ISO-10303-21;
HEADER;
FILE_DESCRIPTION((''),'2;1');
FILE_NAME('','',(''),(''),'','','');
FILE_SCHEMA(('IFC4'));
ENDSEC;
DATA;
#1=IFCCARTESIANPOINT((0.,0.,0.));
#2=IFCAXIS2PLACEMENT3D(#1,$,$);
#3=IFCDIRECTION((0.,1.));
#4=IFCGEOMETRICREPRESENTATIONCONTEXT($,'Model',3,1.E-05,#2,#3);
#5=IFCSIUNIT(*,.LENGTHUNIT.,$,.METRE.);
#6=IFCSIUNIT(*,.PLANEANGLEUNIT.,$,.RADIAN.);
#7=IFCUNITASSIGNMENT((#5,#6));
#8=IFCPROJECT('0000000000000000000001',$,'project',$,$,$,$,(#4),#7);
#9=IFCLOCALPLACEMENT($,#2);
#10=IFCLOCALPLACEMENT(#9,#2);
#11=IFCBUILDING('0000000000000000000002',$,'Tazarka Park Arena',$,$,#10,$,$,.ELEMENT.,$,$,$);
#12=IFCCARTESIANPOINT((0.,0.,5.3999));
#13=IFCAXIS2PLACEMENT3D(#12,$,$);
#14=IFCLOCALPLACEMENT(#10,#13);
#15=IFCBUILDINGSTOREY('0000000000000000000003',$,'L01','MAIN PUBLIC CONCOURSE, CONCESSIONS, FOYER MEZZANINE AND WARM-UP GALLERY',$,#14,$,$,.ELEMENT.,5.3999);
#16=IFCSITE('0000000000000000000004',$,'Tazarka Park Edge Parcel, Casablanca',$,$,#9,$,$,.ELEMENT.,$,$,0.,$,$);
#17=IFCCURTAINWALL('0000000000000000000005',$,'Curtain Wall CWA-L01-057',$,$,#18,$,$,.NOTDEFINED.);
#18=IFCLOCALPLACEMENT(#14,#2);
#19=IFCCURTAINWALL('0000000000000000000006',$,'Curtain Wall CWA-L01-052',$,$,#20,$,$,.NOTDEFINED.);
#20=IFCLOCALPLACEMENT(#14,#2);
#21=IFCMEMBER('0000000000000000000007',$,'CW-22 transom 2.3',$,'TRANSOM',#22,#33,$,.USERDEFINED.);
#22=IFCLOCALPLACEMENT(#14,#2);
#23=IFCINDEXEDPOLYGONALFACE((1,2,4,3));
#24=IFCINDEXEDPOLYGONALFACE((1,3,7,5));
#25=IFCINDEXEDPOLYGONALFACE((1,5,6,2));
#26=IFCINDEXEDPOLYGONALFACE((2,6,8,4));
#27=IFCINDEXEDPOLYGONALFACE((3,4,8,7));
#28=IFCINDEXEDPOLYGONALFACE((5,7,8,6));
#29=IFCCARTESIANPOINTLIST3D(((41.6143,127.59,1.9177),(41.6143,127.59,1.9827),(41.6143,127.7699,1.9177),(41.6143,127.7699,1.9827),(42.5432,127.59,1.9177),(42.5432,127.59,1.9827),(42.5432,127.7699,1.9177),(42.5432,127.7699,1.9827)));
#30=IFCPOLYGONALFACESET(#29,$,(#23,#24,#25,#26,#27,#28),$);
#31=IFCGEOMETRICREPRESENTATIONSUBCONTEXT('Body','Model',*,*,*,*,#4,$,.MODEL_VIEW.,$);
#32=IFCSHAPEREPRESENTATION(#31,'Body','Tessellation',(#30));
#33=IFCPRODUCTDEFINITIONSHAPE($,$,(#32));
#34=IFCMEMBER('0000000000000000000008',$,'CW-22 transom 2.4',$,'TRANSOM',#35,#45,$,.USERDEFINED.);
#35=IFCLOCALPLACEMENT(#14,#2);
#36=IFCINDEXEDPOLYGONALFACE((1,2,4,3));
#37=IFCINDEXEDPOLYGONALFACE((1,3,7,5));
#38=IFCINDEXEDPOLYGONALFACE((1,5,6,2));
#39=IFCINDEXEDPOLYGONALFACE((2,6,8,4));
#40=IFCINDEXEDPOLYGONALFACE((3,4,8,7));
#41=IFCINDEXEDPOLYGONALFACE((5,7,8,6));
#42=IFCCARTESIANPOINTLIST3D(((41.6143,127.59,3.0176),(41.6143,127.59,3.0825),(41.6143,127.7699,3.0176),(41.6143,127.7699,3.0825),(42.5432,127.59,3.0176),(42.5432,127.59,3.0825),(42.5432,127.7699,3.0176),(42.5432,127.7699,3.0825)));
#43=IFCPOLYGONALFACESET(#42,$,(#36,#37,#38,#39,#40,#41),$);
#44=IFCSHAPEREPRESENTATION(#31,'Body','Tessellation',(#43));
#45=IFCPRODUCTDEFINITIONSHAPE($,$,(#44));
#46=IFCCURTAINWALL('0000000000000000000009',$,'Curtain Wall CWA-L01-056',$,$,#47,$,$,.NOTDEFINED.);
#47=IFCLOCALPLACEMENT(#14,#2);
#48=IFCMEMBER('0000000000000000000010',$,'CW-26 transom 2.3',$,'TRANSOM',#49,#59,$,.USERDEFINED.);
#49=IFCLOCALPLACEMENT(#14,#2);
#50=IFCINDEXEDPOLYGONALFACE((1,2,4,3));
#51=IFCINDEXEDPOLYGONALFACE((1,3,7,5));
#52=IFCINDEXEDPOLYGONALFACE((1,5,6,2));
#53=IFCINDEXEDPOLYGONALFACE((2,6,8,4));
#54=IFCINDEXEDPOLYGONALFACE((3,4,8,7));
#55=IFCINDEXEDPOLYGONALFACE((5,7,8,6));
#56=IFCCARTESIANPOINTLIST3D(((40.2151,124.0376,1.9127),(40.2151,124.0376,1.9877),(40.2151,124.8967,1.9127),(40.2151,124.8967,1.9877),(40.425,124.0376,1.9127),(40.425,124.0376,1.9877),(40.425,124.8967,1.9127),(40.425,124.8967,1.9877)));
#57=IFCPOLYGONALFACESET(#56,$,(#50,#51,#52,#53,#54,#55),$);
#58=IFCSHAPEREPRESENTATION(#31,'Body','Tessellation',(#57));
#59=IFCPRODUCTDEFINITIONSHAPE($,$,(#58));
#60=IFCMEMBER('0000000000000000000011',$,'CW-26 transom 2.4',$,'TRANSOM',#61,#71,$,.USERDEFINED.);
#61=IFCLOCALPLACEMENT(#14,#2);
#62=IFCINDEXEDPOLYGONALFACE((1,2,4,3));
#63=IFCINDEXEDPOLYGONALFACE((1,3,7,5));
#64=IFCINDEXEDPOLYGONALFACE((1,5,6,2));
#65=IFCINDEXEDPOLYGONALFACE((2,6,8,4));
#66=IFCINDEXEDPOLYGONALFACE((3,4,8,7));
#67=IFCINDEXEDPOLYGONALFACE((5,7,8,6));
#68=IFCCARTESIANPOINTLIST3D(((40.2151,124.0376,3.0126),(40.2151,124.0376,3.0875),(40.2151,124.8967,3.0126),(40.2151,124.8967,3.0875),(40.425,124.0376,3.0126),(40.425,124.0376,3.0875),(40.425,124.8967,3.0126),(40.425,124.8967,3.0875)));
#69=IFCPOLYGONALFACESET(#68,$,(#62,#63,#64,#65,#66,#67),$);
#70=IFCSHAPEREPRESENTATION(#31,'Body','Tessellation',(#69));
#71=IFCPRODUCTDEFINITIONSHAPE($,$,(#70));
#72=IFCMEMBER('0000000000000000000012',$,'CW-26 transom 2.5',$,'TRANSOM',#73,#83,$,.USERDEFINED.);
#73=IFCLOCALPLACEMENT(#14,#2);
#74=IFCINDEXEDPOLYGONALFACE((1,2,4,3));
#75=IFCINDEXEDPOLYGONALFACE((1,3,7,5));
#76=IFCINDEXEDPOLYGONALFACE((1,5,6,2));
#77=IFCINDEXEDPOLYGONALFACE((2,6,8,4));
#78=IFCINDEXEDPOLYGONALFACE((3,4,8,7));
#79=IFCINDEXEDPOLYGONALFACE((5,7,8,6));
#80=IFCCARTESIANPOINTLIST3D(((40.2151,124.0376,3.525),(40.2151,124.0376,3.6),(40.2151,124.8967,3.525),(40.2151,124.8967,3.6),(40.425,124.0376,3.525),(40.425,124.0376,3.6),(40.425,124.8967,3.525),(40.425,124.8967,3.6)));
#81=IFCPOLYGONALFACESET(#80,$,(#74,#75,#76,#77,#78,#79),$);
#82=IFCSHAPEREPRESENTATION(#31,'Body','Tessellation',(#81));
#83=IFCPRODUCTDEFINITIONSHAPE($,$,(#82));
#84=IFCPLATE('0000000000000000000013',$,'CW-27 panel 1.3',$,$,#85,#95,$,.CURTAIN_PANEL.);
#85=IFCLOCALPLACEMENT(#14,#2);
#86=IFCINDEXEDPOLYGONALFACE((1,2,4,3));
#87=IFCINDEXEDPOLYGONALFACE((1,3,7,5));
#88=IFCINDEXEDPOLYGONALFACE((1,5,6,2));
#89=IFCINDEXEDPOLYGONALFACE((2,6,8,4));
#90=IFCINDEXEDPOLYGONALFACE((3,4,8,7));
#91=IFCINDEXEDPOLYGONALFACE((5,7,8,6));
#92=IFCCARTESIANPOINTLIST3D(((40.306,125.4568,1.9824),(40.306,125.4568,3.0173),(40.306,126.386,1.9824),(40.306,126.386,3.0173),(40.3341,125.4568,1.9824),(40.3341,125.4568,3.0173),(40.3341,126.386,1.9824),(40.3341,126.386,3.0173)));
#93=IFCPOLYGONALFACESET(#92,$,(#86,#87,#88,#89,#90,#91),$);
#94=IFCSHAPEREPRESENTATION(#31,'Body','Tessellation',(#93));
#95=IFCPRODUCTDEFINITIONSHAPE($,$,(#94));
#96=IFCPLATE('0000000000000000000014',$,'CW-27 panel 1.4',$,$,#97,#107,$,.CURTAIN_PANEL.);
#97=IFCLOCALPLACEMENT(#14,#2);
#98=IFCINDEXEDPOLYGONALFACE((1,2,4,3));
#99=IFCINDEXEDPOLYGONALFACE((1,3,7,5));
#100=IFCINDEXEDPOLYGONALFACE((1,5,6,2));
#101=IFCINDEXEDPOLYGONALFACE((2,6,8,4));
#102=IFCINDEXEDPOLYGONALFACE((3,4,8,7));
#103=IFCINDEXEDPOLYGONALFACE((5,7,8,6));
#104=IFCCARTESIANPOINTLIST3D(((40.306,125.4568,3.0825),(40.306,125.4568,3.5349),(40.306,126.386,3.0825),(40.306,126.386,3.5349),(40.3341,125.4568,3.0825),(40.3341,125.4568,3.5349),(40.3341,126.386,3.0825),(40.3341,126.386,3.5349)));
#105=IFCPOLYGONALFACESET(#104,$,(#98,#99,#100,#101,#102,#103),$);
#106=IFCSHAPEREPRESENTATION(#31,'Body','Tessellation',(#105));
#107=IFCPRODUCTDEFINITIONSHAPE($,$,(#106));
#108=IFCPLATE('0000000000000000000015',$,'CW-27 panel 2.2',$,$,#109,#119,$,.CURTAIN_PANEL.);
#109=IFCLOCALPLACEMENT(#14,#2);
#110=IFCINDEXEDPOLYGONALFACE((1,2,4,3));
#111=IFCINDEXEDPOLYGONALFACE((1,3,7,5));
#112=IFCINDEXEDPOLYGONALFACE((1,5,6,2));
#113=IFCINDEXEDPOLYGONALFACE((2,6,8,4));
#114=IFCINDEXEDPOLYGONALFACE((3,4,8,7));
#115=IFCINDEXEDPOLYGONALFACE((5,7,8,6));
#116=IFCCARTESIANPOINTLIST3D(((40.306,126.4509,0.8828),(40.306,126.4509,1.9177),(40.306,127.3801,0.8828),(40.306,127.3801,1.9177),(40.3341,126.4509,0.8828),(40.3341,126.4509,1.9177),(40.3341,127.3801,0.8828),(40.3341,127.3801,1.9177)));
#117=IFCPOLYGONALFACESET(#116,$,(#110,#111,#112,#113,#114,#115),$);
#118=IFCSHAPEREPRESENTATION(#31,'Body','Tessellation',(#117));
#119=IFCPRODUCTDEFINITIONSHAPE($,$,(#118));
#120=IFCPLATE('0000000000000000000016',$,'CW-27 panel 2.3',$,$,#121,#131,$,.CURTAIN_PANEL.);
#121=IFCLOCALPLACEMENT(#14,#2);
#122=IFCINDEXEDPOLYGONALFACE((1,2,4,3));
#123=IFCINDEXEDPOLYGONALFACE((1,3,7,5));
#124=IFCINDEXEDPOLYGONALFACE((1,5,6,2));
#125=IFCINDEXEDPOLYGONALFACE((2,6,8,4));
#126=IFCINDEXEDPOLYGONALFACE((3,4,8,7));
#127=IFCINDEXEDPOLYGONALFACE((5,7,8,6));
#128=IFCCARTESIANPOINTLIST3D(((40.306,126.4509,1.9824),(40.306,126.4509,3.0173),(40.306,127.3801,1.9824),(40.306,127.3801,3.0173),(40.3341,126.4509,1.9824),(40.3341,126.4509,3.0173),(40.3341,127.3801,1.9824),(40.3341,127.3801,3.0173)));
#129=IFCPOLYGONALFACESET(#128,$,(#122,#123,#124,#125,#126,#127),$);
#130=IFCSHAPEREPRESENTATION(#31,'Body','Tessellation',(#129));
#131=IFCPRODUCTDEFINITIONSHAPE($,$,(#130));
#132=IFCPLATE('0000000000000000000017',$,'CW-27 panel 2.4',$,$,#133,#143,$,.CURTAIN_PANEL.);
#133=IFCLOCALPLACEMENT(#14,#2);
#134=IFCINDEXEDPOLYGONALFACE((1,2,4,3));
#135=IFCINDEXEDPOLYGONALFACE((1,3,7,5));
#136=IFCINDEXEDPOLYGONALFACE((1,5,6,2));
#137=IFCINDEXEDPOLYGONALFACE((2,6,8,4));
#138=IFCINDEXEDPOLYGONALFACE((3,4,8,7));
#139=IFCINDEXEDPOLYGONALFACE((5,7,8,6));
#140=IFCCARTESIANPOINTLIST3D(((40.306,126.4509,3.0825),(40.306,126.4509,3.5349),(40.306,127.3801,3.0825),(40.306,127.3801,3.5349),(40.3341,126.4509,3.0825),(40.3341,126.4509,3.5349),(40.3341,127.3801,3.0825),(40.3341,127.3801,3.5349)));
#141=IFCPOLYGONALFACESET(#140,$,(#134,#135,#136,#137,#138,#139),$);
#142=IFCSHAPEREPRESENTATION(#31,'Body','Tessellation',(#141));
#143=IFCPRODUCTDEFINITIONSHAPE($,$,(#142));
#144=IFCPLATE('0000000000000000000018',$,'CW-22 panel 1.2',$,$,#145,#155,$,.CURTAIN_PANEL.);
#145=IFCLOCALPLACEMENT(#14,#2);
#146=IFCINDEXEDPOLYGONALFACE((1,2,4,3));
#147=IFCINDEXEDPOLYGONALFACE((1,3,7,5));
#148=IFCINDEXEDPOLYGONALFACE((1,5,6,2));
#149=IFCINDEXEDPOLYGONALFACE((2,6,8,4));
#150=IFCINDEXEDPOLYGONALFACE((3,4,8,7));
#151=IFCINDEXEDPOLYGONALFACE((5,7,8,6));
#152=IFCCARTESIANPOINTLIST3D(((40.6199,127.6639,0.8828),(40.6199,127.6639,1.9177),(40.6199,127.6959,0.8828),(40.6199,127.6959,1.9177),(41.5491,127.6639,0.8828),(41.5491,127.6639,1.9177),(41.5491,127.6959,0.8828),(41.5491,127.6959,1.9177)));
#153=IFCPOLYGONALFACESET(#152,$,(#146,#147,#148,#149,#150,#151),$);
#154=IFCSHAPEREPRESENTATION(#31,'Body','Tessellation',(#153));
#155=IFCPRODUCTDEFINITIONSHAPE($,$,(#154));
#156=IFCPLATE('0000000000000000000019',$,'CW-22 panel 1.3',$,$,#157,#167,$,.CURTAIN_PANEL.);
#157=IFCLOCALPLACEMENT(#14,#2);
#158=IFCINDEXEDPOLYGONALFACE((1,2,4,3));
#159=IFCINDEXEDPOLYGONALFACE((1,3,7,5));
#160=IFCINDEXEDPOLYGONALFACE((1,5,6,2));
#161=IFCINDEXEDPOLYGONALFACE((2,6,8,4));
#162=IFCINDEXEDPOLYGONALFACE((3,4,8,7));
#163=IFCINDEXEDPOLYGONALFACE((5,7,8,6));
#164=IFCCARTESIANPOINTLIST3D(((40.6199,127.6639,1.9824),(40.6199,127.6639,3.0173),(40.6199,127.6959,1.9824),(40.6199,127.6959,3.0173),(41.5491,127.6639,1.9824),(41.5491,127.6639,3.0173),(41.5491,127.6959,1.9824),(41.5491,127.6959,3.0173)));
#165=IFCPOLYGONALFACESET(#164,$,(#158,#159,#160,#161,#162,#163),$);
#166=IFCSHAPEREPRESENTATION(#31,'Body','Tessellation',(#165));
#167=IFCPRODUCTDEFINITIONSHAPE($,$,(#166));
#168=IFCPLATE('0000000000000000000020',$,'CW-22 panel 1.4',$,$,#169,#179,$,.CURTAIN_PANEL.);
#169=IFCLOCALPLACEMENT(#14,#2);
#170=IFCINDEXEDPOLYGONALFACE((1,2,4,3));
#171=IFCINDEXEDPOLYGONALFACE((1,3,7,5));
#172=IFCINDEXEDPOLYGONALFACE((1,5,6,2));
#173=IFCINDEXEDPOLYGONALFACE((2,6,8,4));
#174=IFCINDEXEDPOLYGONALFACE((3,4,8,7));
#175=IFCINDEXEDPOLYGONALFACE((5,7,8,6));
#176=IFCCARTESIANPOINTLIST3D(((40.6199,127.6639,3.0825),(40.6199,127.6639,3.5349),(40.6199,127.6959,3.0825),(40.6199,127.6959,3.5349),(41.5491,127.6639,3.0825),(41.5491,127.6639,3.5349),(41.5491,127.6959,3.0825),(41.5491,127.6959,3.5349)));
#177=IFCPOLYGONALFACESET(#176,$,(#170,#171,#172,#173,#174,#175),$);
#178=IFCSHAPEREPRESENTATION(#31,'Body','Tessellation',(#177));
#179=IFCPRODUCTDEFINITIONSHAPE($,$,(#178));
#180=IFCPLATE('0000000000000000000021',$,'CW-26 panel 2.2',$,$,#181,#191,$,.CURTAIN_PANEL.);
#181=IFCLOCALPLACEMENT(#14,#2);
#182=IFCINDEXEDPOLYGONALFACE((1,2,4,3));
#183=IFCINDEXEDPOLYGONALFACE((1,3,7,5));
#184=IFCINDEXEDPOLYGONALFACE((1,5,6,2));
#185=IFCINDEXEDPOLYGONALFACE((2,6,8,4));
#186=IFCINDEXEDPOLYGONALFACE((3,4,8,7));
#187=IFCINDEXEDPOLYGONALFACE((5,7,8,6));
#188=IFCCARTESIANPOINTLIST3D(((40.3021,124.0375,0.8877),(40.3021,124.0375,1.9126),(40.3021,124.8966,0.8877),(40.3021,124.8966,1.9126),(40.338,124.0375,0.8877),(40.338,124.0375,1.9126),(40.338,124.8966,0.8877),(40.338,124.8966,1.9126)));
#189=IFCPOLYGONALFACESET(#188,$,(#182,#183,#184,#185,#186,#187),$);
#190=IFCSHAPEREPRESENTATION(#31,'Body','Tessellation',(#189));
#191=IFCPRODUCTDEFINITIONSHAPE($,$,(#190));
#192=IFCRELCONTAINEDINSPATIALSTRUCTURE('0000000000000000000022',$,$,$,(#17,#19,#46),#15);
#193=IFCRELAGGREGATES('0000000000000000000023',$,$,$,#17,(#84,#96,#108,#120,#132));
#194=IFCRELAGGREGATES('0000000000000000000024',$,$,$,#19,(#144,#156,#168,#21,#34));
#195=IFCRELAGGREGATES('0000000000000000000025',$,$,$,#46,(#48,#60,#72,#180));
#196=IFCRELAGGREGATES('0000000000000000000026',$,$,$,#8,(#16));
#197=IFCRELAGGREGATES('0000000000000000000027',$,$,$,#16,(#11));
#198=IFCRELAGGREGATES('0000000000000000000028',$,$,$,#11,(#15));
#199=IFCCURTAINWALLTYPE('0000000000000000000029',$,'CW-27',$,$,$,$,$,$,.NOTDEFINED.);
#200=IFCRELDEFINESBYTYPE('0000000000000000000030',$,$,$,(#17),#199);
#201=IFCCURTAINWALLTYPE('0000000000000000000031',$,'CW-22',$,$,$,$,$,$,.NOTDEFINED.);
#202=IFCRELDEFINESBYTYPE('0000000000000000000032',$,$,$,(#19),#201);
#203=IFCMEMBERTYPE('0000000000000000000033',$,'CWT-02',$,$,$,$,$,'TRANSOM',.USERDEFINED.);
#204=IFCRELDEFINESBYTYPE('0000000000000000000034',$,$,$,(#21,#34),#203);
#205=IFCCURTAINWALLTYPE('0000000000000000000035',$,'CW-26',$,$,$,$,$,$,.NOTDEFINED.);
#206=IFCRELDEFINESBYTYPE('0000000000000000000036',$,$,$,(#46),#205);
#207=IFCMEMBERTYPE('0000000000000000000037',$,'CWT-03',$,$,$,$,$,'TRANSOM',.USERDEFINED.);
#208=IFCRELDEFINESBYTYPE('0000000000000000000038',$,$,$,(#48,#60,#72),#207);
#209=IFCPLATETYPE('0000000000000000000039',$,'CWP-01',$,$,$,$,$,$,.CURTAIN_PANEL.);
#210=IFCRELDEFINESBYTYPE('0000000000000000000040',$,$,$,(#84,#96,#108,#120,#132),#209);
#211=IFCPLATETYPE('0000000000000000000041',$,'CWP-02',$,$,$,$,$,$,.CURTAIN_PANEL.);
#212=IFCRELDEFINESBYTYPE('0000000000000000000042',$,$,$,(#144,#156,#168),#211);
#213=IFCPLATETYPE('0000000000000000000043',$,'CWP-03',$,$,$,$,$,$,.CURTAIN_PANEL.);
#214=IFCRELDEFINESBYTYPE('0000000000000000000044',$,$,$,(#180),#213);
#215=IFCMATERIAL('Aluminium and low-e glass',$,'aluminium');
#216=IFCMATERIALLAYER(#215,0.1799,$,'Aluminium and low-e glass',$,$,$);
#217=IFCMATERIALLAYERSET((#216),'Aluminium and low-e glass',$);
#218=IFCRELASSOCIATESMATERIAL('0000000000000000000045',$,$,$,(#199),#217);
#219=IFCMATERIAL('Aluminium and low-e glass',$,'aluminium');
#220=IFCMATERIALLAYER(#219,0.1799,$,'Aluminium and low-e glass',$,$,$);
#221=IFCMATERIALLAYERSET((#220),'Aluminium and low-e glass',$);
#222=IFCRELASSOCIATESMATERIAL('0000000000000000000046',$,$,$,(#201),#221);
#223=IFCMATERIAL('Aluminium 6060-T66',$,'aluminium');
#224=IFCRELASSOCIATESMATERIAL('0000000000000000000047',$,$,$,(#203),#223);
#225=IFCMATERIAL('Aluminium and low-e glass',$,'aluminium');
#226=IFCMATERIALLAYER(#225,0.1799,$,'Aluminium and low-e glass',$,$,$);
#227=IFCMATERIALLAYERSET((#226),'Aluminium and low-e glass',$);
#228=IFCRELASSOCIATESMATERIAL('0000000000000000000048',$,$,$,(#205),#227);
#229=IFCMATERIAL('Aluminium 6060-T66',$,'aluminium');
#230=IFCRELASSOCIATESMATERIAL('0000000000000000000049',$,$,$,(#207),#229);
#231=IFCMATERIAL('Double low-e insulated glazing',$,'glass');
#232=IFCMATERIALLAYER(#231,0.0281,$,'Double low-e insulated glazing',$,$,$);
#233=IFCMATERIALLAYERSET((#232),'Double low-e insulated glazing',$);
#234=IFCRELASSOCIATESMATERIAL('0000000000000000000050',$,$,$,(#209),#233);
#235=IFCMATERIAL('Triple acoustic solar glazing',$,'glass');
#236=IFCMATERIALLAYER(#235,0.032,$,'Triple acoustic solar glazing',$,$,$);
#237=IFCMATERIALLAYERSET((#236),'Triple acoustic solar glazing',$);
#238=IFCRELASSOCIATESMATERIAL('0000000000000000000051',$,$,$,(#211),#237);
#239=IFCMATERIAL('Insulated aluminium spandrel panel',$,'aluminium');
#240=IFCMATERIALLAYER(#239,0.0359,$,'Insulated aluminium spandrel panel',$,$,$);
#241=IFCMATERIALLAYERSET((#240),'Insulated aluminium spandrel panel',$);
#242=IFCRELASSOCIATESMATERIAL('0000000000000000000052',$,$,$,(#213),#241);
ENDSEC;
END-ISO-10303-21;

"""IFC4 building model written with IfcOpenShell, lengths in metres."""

from ifc_helpers import new_model, si_unit, direction, frame, origin, origin_2d, place, context, subcontext, project, spatial, rectangle, extrude, material, layer, layer_set, material_profile, profile_set, type_object, element, aggregate, save


model = new_model("IFC4")

# Units and contexts
model_context = context("Model", 3, precision=1e-05, world=origin(), true_north=direction((0.0, 1.0)))
body_context = subcontext(model_context, "Body", "Model", "MODEL_VIEW")
ifc_project = project(units=[si_unit("LENGTHUNIT", "METRE"), si_unit("PLANEANGLEUNIT", "RADIAN")], contexts=[model_context])

# Site, building, storey
site_placement = place(None, origin())
site = spatial("IfcSite", under=ifc_project, at=site_placement, Name="Tazarka Park Edge Parcel, Casablanca", CompositionType="ELEMENT", RefElevation=0.0)
building_placement = place(site_placement, origin())
building = spatial("IfcBuilding", under=site, at=building_placement, Name="Tazarka Park Arena", CompositionType="ELEMENT")
storey_placement = place(building_placement, frame((0.0, 0.0, 5.3999)))
storey = spatial("IfcBuildingStorey", under=building, at=storey_placement, Name="L01", Description="MAIN PUBLIC CONCOURSE, CONCESSIONS, FOYER MEZZANINE AND WARM-UP GALLERY", CompositionType="ELEMENT", Elevation=5.3999)

# Curtain walls, members
ifc_material_1 = material(Name="Aluminium and low-e glass", Category="aluminium")
ifc_layer_1 = layer(ifc_material_1, 0.1799, Name="Aluminium and low-e glass")
ifc_layer_set_1 = layer_set([ifc_layer_1], Name="Aluminium and low-e glass")
curtain_wall_type_1 = type_object("IfcCurtainWallType", Name="CW-27", PredefinedType="NOTDEFINED", material=ifc_layer_set_1)
curtain_wall_1_placement = place(storey_placement, origin())
curtain_wall_1 = element("IfcCurtainWall", 1, at=curtain_wall_1_placement, inside=storey, type_object=curtain_wall_type_1, Name="Curtain Wall CWA-L01-057", PredefinedType="NOTDEFINED")
ifc_material_2 = material(Name="Aluminium and low-e glass", Category="aluminium")
ifc_layer_2 = layer(ifc_material_2, 0.1799, Name="Aluminium and low-e glass")
ifc_layer_set_2 = layer_set([ifc_layer_2], Name="Aluminium and low-e glass")
curtain_wall_type_2 = type_object("IfcCurtainWallType", Name="CW-22", PredefinedType="NOTDEFINED", material=ifc_layer_set_2)
curtain_wall_2_placement = place(storey_placement, origin())
curtain_wall_2 = element("IfcCurtainWall", 2, at=curtain_wall_2_placement, inside=storey, type_object=curtain_wall_type_2, Name="Curtain Wall CWA-L01-052", PredefinedType="NOTDEFINED")
ifc_material_3 = material(Name="Aluminium 6060-T66", Category="aluminium")
ifc_material_profile_1 = material_profile(ifc_material_3, rectangle(XDim=0.1799, YDim=0.0649, at=origin_2d()), Name="Aluminium 6060-T66")
ifc_profile_set_1 = profile_set([ifc_material_profile_1], Name="Aluminium 6060-T66")
member_type_1 = type_object("IfcMemberType", Name="CWT-02", ElementType="TRANSOM", PredefinedType="USERDEFINED", material=ifc_profile_set_1)
member_1_placement = place(storey_placement, frame((41.6143, 127.6799, 1.9502), z_axis=(1.0, 0.0, 0.0), x_axis=(0.0, 1.0, 0.0)))
member_1 = element("IfcMember", 3, at=member_1_placement, type_object=member_type_1, Name="CW-22 transom 2.3", ObjectType="TRANSOM", PredefinedType="USERDEFINED", context=body_context, shape_type="SweptSolid", body=[
    extrude(rectangle(XDim=0.1799, YDim=0.0649, at=origin_2d()), origin(), (0.0, 0.0, 1.0), 0.929),
])
member_2_placement = place(storey_placement, frame((41.6143, 127.6799, 3.05), z_axis=(1.0, 0.0, 0.0), x_axis=(0.0, 1.0, 0.0)))
member_2 = element("IfcMember", 4, at=member_2_placement, type_object=member_type_1, Name="CW-22 transom 2.4", ObjectType="TRANSOM", PredefinedType="USERDEFINED", context=body_context, shape_type="SweptSolid", body=[
    extrude(rectangle(XDim=0.1799, YDim=0.0649, at=origin_2d()), origin(), (0.0, 0.0, 1.0), 0.929),
])
ifc_material_4 = material(Name="Aluminium and low-e glass", Category="aluminium")
ifc_layer_3 = layer(ifc_material_4, 0.1799, Name="Aluminium and low-e glass")
ifc_layer_set_3 = layer_set([ifc_layer_3], Name="Aluminium and low-e glass")
curtain_wall_type_3 = type_object("IfcCurtainWallType", Name="CW-26", PredefinedType="NOTDEFINED", material=ifc_layer_set_3)
curtain_wall_3_placement = place(storey_placement, origin())
curtain_wall_3 = element("IfcCurtainWall", 5, at=curtain_wall_3_placement, inside=storey, type_object=curtain_wall_type_3, Name="Curtain Wall CWA-L01-056", PredefinedType="NOTDEFINED")
ifc_material_5 = material(Name="Aluminium 6060-T66", Category="aluminium")
ifc_material_profile_2 = material_profile(ifc_material_5, rectangle(XDim=0.21, YDim=0.075, at=origin_2d()), Name="Aluminium 6060-T66")
ifc_profile_set_2 = profile_set([ifc_material_profile_2], Name="Aluminium 6060-T66")
member_type_2 = type_object("IfcMemberType", Name="CWT-03", ElementType="TRANSOM", PredefinedType="USERDEFINED", material=ifc_profile_set_2)
member_3_placement = place(storey_placement, frame((40.3201, 124.0376, 1.9502), z_axis=(0.0, 1.0, 0.0), x_axis=(-1.0, 0.0, 0.0)))
member_3 = element("IfcMember", 6, at=member_3_placement, type_object=member_type_2, Name="CW-26 transom 2.3", ObjectType="TRANSOM", PredefinedType="USERDEFINED", context=body_context, shape_type="SweptSolid", body=[
    extrude(rectangle(XDim=0.21, YDim=0.075, at=origin_2d()), origin(), (0.0, 0.0, 1.0), 0.8591),
])
member_4_placement = place(storey_placement, frame((40.3201, 124.0376, 3.05), z_axis=(0.0, 1.0, 0.0), x_axis=(-1.0, 0.0, 0.0)))
member_4 = element("IfcMember", 7, at=member_4_placement, type_object=member_type_2, Name="CW-26 transom 2.4", ObjectType="TRANSOM", PredefinedType="USERDEFINED", context=body_context, shape_type="SweptSolid", body=[
    extrude(rectangle(XDim=0.21, YDim=0.075, at=origin_2d()), origin(), (0.0, 0.0, 1.0), 0.8591),
])
member_5_placement = place(storey_placement, frame((40.3201, 124.0376, 3.5625), z_axis=(0.0, 1.0, 0.0), x_axis=(-1.0, 0.0, 0.0)))
member_5 = element("IfcMember", 8, at=member_5_placement, type_object=member_type_2, Name="CW-26 transom 2.5", ObjectType="TRANSOM", PredefinedType="USERDEFINED", context=body_context, shape_type="SweptSolid", body=[
    extrude(rectangle(XDim=0.21, YDim=0.075, at=origin_2d()), origin(), (0.0, 0.0, 1.0), 0.8591),
])

# Plates
ifc_material_6 = material(Name="Double low-e insulated glazing", Category="glass")
ifc_layer_4 = layer(ifc_material_6, 0.0281, Name="Double low-e insulated glazing")
ifc_layer_set_4 = layer_set([ifc_layer_4], Name="Double low-e insulated glazing")
plate_type_1 = type_object("IfcPlateType", Name="CWP-01", PredefinedType="CURTAIN_PANEL", material=ifc_layer_set_4)
plate_1_placement = place(storey_placement, frame((40.3201, 125.9214, 1.9824), z_axis=(0.0, 0.0, 1.0), x_axis=(0.0, 1.0, 0.0)))
plate_1 = element("IfcPlate", 9, at=plate_1_placement, type_object=plate_type_1, Name="CW-27 panel 1.3", PredefinedType="CURTAIN_PANEL", context=body_context, shape_type="SweptSolid", body=[
    extrude(rectangle(XDim=0.9292, YDim=0.0281, at=origin_2d()), origin(), (0.0, 0.0, 1.0), 1.0349),
])
plate_2_placement = place(storey_placement, frame((40.3201, 125.9214, 3.0825), z_axis=(0.0, 0.0, 1.0), x_axis=(0.0, 1.0, 0.0)))
plate_2 = element("IfcPlate", 10, at=plate_2_placement, type_object=plate_type_1, Name="CW-27 panel 1.4", PredefinedType="CURTAIN_PANEL", context=body_context, shape_type="SweptSolid", body=[
    extrude(rectangle(XDim=0.9292, YDim=0.0281, at=origin_2d()), origin(), (0.0, 0.0, 1.0), 0.4524),
])
plate_3_placement = place(storey_placement, frame((40.3201, 126.9155, 0.8828), z_axis=(0.0, 0.0, 1.0), x_axis=(0.0, 1.0, 0.0)))
plate_3 = element("IfcPlate", 11, at=plate_3_placement, type_object=plate_type_1, Name="CW-27 panel 2.2", PredefinedType="CURTAIN_PANEL", context=body_context, shape_type="SweptSolid", body=[
    extrude(rectangle(XDim=0.9292, YDim=0.0281, at=origin_2d()), origin(), (0.0, 0.0, 1.0), 1.0349),
])
plate_4_placement = place(storey_placement, frame((40.3201, 126.9155, 1.9824), z_axis=(0.0, 0.0, 1.0), x_axis=(0.0, 1.0, 0.0)))
plate_4 = element("IfcPlate", 12, at=plate_4_placement, type_object=plate_type_1, Name="CW-27 panel 2.3", PredefinedType="CURTAIN_PANEL", context=body_context, shape_type="SweptSolid", body=[
    extrude(rectangle(XDim=0.9292, YDim=0.0281, at=origin_2d()), origin(), (0.0, 0.0, 1.0), 1.0349),
])
plate_5_placement = place(storey_placement, frame((40.3201, 126.9155, 3.0825), z_axis=(0.0, 0.0, 1.0), x_axis=(0.0, 1.0, 0.0)))
plate_5 = element("IfcPlate", 13, at=plate_5_placement, type_object=plate_type_1, Name="CW-27 panel 2.4", PredefinedType="CURTAIN_PANEL", context=body_context, shape_type="SweptSolid", body=[
    extrude(rectangle(XDim=0.9292, YDim=0.0281, at=origin_2d()), origin(), (0.0, 0.0, 1.0), 0.4524),
])
aggregate(curtain_wall_1, [plate_1, plate_2, plate_3, plate_4, plate_5])
ifc_material_7 = material(Name="Triple acoustic solar glazing", Category="glass")
ifc_layer_5 = layer(ifc_material_7, 0.032, Name="Triple acoustic solar glazing")
ifc_layer_set_5 = layer_set([ifc_layer_5], Name="Triple acoustic solar glazing")
plate_type_2 = type_object("IfcPlateType", Name="CWP-02", PredefinedType="CURTAIN_PANEL", material=ifc_layer_set_5)
plate_6_placement = place(storey_placement, frame((41.0845, 127.6799, 0.8828), z_axis=(0.0, 0.0, 1.0), x_axis=(1.0, 0.0, 0.0)))
plate_6 = element("IfcPlate", 14, at=plate_6_placement, type_object=plate_type_2, Name="CW-22 panel 1.2", PredefinedType="CURTAIN_PANEL", context=body_context, shape_type="SweptSolid", body=[
    extrude(rectangle(XDim=0.9292, YDim=0.032, at=origin_2d()), origin(), (0.0, 0.0, 1.0), 1.0349),
])
plate_7_placement = place(storey_placement, frame((41.0845, 127.6799, 1.9824), z_axis=(0.0, 0.0, 1.0), x_axis=(1.0, 0.0, 0.0)))
plate_7 = element("IfcPlate", 15, at=plate_7_placement, type_object=plate_type_2, Name="CW-22 panel 1.3", PredefinedType="CURTAIN_PANEL", context=body_context, shape_type="SweptSolid", body=[
    extrude(rectangle(XDim=0.9292, YDim=0.032, at=origin_2d()), origin(), (0.0, 0.0, 1.0), 1.0349),
])
plate_8_placement = place(storey_placement, frame((41.0845, 127.6799, 3.0825), z_axis=(0.0, 0.0, 1.0), x_axis=(1.0, 0.0, 0.0)))
plate_8 = element("IfcPlate", 16, at=plate_8_placement, type_object=plate_type_2, Name="CW-22 panel 1.4", PredefinedType="CURTAIN_PANEL", context=body_context, shape_type="SweptSolid", body=[
    extrude(rectangle(XDim=0.9292, YDim=0.032, at=origin_2d()), origin(), (0.0, 0.0, 1.0), 0.4524),
])
aggregate(curtain_wall_2, [plate_6, plate_7, plate_8, member_1, member_2])
ifc_material_8 = material(Name="Insulated aluminium spandrel panel", Category="aluminium")
ifc_layer_6 = layer(ifc_material_8, 0.0359, Name="Insulated aluminium spandrel panel")
ifc_layer_set_6 = layer_set([ifc_layer_6], Name="Insulated aluminium spandrel panel")
plate_type_3 = type_object("IfcPlateType", Name="CWP-03", PredefinedType="CURTAIN_PANEL", material=ifc_layer_set_6)
plate_9_placement = place(storey_placement, frame((40.3201, 124.467, 0.8877), z_axis=(0.0, 0.0, 1.0), x_axis=(0.0, 1.0, 0.0)))
plate_9 = element("IfcPlate", 17, at=plate_9_placement, type_object=plate_type_3, Name="CW-26 panel 2.2", PredefinedType="CURTAIN_PANEL", context=body_context, shape_type="SweptSolid", body=[
    extrude(rectangle(XDim=0.8591, YDim=0.0359, at=origin_2d()), origin(), (0.0, 0.0, 1.0), 1.0249),
])
aggregate(curtain_wall_3, [member_3, member_4, member_5, plate_9])

save(model, "model.ifc")
